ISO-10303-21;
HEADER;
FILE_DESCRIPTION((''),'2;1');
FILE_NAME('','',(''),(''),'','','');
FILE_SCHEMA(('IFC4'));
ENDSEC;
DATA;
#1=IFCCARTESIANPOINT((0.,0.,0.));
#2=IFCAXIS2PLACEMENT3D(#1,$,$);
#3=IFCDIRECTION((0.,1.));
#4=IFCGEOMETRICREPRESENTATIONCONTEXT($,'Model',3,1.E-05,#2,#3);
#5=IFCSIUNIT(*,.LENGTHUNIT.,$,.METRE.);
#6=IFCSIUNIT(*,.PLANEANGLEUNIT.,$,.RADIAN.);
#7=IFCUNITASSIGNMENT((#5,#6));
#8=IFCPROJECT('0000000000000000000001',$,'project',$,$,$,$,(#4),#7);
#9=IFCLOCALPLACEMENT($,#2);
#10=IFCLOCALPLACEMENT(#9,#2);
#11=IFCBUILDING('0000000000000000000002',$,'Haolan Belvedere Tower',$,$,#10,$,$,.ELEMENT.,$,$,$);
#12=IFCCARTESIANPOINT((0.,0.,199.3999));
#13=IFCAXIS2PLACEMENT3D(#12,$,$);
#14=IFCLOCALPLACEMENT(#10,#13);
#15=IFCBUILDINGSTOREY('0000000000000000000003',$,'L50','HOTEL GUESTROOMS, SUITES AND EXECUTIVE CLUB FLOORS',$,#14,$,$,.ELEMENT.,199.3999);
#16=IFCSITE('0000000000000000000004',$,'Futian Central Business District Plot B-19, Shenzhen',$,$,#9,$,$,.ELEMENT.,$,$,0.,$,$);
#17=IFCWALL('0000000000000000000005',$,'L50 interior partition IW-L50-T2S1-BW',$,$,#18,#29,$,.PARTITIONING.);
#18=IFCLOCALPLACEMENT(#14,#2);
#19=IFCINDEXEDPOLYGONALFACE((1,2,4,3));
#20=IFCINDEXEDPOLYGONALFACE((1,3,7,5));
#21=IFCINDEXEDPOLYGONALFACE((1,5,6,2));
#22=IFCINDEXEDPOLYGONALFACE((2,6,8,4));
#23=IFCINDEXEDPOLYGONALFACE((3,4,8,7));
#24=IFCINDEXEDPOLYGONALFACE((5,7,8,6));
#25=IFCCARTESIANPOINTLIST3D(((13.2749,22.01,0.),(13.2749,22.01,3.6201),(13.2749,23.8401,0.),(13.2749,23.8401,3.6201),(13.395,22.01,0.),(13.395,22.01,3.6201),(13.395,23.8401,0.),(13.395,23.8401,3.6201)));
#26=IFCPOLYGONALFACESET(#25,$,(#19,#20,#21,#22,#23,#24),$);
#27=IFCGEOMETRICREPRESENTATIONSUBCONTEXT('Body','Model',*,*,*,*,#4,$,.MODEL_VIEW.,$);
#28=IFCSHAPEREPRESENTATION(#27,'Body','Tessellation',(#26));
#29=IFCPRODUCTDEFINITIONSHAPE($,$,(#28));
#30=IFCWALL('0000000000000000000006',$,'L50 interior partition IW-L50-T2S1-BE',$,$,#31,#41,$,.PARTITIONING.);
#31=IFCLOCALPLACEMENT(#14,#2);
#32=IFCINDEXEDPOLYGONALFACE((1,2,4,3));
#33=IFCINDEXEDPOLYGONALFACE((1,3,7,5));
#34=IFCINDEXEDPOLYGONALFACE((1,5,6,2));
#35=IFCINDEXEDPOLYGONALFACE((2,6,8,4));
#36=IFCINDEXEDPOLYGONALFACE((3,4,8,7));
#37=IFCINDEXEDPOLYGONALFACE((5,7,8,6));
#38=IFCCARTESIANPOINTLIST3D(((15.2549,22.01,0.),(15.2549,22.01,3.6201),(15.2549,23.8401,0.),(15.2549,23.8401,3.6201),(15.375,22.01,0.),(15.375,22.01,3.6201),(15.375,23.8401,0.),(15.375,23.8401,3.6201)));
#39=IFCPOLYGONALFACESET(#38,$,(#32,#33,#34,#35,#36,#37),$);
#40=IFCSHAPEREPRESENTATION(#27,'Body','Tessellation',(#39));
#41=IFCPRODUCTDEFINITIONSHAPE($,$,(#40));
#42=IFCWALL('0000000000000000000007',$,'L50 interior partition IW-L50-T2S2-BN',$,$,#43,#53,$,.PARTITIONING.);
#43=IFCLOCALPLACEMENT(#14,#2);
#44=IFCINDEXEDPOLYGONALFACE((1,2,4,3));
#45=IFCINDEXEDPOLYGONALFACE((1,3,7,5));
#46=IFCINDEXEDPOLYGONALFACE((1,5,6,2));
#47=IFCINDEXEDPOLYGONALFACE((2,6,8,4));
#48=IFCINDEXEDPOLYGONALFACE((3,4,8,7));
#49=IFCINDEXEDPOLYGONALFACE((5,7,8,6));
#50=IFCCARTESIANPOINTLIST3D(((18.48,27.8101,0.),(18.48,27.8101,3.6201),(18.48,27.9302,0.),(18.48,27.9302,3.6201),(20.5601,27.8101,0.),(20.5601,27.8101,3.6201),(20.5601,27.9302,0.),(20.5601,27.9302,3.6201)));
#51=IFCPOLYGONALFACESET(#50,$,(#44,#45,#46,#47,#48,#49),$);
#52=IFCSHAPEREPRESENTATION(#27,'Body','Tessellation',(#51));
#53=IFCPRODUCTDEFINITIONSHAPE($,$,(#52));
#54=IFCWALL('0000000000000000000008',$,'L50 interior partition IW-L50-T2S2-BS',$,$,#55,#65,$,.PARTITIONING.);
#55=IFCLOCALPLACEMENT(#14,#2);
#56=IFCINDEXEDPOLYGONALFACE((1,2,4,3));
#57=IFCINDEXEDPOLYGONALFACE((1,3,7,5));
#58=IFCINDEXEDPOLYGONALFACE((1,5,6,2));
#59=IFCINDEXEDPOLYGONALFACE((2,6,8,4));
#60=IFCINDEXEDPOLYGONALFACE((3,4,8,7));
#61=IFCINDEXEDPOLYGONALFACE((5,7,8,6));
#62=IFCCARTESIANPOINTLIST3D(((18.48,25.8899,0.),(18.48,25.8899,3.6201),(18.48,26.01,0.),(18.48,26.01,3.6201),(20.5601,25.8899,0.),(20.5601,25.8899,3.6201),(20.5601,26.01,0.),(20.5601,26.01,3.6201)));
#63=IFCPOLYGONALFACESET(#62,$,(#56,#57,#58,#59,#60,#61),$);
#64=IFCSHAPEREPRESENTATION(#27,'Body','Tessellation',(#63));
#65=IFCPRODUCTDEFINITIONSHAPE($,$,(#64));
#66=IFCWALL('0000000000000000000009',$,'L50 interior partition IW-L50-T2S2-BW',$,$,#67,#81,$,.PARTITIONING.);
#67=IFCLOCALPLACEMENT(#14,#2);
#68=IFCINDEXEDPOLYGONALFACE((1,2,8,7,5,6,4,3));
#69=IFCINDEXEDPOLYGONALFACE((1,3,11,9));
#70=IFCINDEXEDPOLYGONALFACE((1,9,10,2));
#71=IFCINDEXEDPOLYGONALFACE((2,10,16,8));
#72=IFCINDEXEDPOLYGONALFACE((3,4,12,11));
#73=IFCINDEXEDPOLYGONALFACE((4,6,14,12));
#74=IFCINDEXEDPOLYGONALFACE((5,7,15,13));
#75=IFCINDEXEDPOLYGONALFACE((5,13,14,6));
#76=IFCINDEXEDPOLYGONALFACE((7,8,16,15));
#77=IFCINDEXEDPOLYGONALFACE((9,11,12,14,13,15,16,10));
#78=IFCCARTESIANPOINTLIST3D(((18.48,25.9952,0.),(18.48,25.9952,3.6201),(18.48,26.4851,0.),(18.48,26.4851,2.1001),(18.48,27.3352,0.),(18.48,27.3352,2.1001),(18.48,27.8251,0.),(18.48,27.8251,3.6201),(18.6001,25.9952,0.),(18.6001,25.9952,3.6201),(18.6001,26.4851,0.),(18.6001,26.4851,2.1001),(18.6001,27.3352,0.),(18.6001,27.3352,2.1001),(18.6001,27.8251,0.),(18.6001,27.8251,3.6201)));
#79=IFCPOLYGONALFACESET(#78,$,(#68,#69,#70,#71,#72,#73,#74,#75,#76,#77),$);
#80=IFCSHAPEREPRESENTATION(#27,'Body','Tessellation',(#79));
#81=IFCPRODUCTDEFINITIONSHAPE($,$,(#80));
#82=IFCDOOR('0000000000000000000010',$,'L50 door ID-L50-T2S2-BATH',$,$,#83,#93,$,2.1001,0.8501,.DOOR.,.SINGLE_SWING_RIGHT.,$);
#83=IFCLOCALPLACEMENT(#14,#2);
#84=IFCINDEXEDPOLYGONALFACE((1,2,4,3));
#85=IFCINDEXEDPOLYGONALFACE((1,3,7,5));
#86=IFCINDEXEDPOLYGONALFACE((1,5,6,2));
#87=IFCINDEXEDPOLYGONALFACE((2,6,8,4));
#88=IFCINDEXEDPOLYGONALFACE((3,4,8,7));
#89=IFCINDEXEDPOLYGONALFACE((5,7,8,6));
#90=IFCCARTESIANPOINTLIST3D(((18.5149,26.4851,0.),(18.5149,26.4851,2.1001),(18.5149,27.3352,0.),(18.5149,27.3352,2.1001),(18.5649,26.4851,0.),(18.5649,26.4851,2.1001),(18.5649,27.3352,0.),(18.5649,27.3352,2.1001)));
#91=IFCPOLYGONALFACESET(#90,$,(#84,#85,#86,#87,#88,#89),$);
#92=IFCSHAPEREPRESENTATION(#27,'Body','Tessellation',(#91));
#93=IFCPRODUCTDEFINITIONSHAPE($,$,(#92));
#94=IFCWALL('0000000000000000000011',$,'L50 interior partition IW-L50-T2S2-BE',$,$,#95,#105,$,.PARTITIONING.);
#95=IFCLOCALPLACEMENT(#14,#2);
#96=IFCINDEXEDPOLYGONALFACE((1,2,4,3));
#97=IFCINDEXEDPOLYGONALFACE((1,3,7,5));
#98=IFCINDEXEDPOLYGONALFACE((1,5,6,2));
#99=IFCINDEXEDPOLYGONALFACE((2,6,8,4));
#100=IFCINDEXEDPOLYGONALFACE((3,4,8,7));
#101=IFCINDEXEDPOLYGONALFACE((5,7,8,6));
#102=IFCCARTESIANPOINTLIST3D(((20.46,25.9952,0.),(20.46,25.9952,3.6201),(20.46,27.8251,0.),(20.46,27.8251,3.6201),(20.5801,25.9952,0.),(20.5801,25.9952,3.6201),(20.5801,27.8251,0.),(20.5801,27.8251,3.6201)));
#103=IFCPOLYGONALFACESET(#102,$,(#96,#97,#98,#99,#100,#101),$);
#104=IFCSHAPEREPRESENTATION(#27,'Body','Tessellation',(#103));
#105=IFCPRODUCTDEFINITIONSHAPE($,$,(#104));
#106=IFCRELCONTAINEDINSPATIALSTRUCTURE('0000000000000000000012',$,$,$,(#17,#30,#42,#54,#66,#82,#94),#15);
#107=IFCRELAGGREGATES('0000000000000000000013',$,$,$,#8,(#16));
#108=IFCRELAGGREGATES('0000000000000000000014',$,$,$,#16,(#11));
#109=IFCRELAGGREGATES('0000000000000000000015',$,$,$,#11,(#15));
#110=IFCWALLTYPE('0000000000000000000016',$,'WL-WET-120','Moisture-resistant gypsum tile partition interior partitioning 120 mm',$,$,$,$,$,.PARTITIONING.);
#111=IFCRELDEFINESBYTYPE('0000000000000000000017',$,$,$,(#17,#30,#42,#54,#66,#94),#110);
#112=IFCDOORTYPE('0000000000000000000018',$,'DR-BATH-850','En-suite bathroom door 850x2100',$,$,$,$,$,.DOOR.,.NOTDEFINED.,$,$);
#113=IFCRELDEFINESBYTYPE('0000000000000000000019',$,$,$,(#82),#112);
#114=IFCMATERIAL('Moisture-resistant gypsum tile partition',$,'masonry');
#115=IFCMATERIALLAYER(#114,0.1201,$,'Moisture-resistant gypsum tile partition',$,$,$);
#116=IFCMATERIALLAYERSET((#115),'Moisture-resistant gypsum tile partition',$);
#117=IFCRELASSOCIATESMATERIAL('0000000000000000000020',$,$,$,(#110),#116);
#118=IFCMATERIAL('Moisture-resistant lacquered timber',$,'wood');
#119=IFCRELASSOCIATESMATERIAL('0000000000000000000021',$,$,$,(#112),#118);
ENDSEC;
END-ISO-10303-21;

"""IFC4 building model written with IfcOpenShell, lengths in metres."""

from ifc_helpers import new_model, si_unit, direction, frame, frame_2d, origin, place, context, subcontext, project, spatial, rectangle, extrude, material, layer, layer_set, type_object, element, fill, save


model = new_model("IFC4")

# Units and contexts
model_context = context("Model", 3, precision=1e-05, world=origin(), true_north=direction((0.0, 1.0)))
body_context = subcontext(model_context, "Body", "Model", "MODEL_VIEW")
ifc_project = project(units=[si_unit("LENGTHUNIT", "METRE"), si_unit("PLANEANGLEUNIT", "RADIAN")], contexts=[model_context])

# Site, building, storey
site_placement = place(None, origin())
site = spatial("IfcSite", under=ifc_project, at=site_placement, Name="Futian Central Business District Plot B-19, Shenzhen", CompositionType="ELEMENT", RefElevation=0.0)
building_placement = place(site_placement, origin())
building = spatial("IfcBuilding", under=site, at=building_placement, Name="Haolan Belvedere Tower", CompositionType="ELEMENT")
storey_placement = place(building_placement, frame((0.0, 0.0, 199.3999)))
storey = spatial("IfcBuildingStorey", under=building, at=storey_placement, Name="L50", Description="HOTEL GUESTROOMS, SUITES AND EXECUTIVE CLUB FLOORS", CompositionType="ELEMENT", Elevation=199.3999)

# Shared definitions
ifc_material_1 = material(Name="Moisture-resistant gypsum tile partition", Category="masonry")
ifc_layer_1 = layer(ifc_material_1, 0.1201, Name="Moisture-resistant gypsum tile partition")
ifc_layer_set_1 = layer_set([ifc_layer_1], Name="Moisture-resistant gypsum tile partition")
wall_type_1 = type_object("IfcWallType", Name="WL-WET-120", Description="Moisture-resistant gypsum tile partition interior partitioning 120 mm", PredefinedType="PARTITIONING", material=ifc_layer_set_1)

# Shared definitions
ifc_material_2 = material(Name="Moisture-resistant lacquered timber", Category="wood")
door_type_1 = type_object("IfcDoorType", Name="DR-BATH-850", Description="En-suite bathroom door 850x2100", OperationType="NOTDEFINED", PredefinedType="DOOR", material=ifc_material_2)

# Walls
for number, where, z_axis, x_axis, name in (
    (1, (13.335, 22.01, 0.0), (0.0, 0.0, 1.0), (0.0, 1.0, 0.0), "L50 interior partition IW-L50-T2S1-BW"),
    (2, (15.3149, 22.01, 0.0), (0.0, 0.0, 1.0), (0.0, 1.0, 0.0), "L50 interior partition IW-L50-T2S1-BE"),
):
    element("IfcWall", number, at=place(storey_placement, frame(where, z_axis=z_axis, x_axis=x_axis)), inside=storey, type_object=wall_type_1, Name=name, PredefinedType="PARTITIONING", context=body_context, shape_type="SweptSolid", body=[
        extrude(rectangle(XDim=1.8301, YDim=0.1201, at=frame_2d((0.915, 0.0))), origin(), (0.0, 0.0, 1.0), 3.6201),
    ])
for number, where, z_axis, x_axis, name in (
    (3, (18.48, 27.8701, 0.0), (0.0, 0.0, 1.0), (1.0, 0.0, 0.0), "L50 interior partition IW-L50-T2S2-BN"),
    (4, (18.48, 25.95, 0.0), (0.0, 0.0, 1.0), (1.0, 0.0, 0.0), "L50 interior partition IW-L50-T2S2-BS"),
):
    element("IfcWall", number, at=place(storey_placement, frame(where, z_axis=z_axis, x_axis=x_axis)), inside=storey, type_object=wall_type_1, Name=name, PredefinedType="PARTITIONING", context=body_context, shape_type="SweptSolid", body=[
        extrude(rectangle(XDim=2.0801, YDim=0.1201, at=frame_2d((1.04, 0.0))), origin(), (0.0, 0.0, 1.0), 3.6201),
    ])

# Wall, opening, door
wall_1_placement = place(storey_placement, frame((18.54, 25.9951, 0.0), z_axis=(0.0, 0.0, 1.0), x_axis=(0.0, 1.0, 0.0)))
wall_1 = element("IfcWall", 5, at=wall_1_placement, inside=storey, type_object=wall_type_1, Name="L50 interior partition IW-L50-T2S2-BW", PredefinedType="PARTITIONING", context=body_context, shape_type="SweptSolid", body=[
    extrude(rectangle(XDim=1.8298, YDim=0.1201, at=frame_2d((0.915, 0.0))), origin(), (0.0, 0.0, 1.0), 3.6201),
])
opening_1_placement = place(wall_1_placement, frame((1.3401, 0.0, 0.0), z_axis=(0.0, 0.0, 1.0), x_axis=(-1.0, 0.0, 0.0)))
opening_1 = element("IfcOpeningElement", 6, at=opening_1_placement, cuts=wall_1, PredefinedType="OPENING", context=body_context, shape_type="SweptSolid", body=[
    extrude(rectangle(XDim=0.8501, YDim=2.1001, at=frame_2d((0.425, 1.05))), frame((0.0, 0.0701, 0.0), z_axis=(0.0, -1.0, 0.0), x_axis=(1.0, 0.0, 0.0)), (0.0, 0.0, 1.0), 0.1401),
])
door_1_placement = place(opening_1_placement, origin())
door_1 = element("IfcDoor", 7, at=door_1_placement, inside=storey, type_object=door_type_1, Name="L50 door ID-L50-T2S2-BATH", OperationType="SINGLE_SWING_RIGHT", OverallHeight=2.1001, OverallWidth=0.8501, PredefinedType="DOOR", context=body_context, shape_type="SweptSolid", body=[
    extrude(rectangle(XDim=0.8501, YDim=2.1001, at=frame_2d((0.425, 1.05))), frame((0.0, 0.0249, 0.0), z_axis=(0.0, -1.0, 0.0), x_axis=(1.0, 0.0, 0.0)), (0.0, 0.0, 1.0), 0.05),
])
fill(opening_1, door_1)

# Wall
wall_2_placement = place(storey_placement, frame((20.52, 25.9951, 0.0), z_axis=(0.0, 0.0, 1.0), x_axis=(0.0, 1.0, 0.0)))
element("IfcWall", 8, at=wall_2_placement, inside=storey, type_object=wall_type_1, Name="L50 interior partition IW-L50-T2S2-BE", PredefinedType="PARTITIONING", context=body_context, shape_type="SweptSolid", body=[
    extrude(rectangle(XDim=1.8298, YDim=0.1201, at=frame_2d((0.915, 0.0))), origin(), (0.0, 0.0, 1.0), 3.6201),
])

save(model, "model.ifc")
